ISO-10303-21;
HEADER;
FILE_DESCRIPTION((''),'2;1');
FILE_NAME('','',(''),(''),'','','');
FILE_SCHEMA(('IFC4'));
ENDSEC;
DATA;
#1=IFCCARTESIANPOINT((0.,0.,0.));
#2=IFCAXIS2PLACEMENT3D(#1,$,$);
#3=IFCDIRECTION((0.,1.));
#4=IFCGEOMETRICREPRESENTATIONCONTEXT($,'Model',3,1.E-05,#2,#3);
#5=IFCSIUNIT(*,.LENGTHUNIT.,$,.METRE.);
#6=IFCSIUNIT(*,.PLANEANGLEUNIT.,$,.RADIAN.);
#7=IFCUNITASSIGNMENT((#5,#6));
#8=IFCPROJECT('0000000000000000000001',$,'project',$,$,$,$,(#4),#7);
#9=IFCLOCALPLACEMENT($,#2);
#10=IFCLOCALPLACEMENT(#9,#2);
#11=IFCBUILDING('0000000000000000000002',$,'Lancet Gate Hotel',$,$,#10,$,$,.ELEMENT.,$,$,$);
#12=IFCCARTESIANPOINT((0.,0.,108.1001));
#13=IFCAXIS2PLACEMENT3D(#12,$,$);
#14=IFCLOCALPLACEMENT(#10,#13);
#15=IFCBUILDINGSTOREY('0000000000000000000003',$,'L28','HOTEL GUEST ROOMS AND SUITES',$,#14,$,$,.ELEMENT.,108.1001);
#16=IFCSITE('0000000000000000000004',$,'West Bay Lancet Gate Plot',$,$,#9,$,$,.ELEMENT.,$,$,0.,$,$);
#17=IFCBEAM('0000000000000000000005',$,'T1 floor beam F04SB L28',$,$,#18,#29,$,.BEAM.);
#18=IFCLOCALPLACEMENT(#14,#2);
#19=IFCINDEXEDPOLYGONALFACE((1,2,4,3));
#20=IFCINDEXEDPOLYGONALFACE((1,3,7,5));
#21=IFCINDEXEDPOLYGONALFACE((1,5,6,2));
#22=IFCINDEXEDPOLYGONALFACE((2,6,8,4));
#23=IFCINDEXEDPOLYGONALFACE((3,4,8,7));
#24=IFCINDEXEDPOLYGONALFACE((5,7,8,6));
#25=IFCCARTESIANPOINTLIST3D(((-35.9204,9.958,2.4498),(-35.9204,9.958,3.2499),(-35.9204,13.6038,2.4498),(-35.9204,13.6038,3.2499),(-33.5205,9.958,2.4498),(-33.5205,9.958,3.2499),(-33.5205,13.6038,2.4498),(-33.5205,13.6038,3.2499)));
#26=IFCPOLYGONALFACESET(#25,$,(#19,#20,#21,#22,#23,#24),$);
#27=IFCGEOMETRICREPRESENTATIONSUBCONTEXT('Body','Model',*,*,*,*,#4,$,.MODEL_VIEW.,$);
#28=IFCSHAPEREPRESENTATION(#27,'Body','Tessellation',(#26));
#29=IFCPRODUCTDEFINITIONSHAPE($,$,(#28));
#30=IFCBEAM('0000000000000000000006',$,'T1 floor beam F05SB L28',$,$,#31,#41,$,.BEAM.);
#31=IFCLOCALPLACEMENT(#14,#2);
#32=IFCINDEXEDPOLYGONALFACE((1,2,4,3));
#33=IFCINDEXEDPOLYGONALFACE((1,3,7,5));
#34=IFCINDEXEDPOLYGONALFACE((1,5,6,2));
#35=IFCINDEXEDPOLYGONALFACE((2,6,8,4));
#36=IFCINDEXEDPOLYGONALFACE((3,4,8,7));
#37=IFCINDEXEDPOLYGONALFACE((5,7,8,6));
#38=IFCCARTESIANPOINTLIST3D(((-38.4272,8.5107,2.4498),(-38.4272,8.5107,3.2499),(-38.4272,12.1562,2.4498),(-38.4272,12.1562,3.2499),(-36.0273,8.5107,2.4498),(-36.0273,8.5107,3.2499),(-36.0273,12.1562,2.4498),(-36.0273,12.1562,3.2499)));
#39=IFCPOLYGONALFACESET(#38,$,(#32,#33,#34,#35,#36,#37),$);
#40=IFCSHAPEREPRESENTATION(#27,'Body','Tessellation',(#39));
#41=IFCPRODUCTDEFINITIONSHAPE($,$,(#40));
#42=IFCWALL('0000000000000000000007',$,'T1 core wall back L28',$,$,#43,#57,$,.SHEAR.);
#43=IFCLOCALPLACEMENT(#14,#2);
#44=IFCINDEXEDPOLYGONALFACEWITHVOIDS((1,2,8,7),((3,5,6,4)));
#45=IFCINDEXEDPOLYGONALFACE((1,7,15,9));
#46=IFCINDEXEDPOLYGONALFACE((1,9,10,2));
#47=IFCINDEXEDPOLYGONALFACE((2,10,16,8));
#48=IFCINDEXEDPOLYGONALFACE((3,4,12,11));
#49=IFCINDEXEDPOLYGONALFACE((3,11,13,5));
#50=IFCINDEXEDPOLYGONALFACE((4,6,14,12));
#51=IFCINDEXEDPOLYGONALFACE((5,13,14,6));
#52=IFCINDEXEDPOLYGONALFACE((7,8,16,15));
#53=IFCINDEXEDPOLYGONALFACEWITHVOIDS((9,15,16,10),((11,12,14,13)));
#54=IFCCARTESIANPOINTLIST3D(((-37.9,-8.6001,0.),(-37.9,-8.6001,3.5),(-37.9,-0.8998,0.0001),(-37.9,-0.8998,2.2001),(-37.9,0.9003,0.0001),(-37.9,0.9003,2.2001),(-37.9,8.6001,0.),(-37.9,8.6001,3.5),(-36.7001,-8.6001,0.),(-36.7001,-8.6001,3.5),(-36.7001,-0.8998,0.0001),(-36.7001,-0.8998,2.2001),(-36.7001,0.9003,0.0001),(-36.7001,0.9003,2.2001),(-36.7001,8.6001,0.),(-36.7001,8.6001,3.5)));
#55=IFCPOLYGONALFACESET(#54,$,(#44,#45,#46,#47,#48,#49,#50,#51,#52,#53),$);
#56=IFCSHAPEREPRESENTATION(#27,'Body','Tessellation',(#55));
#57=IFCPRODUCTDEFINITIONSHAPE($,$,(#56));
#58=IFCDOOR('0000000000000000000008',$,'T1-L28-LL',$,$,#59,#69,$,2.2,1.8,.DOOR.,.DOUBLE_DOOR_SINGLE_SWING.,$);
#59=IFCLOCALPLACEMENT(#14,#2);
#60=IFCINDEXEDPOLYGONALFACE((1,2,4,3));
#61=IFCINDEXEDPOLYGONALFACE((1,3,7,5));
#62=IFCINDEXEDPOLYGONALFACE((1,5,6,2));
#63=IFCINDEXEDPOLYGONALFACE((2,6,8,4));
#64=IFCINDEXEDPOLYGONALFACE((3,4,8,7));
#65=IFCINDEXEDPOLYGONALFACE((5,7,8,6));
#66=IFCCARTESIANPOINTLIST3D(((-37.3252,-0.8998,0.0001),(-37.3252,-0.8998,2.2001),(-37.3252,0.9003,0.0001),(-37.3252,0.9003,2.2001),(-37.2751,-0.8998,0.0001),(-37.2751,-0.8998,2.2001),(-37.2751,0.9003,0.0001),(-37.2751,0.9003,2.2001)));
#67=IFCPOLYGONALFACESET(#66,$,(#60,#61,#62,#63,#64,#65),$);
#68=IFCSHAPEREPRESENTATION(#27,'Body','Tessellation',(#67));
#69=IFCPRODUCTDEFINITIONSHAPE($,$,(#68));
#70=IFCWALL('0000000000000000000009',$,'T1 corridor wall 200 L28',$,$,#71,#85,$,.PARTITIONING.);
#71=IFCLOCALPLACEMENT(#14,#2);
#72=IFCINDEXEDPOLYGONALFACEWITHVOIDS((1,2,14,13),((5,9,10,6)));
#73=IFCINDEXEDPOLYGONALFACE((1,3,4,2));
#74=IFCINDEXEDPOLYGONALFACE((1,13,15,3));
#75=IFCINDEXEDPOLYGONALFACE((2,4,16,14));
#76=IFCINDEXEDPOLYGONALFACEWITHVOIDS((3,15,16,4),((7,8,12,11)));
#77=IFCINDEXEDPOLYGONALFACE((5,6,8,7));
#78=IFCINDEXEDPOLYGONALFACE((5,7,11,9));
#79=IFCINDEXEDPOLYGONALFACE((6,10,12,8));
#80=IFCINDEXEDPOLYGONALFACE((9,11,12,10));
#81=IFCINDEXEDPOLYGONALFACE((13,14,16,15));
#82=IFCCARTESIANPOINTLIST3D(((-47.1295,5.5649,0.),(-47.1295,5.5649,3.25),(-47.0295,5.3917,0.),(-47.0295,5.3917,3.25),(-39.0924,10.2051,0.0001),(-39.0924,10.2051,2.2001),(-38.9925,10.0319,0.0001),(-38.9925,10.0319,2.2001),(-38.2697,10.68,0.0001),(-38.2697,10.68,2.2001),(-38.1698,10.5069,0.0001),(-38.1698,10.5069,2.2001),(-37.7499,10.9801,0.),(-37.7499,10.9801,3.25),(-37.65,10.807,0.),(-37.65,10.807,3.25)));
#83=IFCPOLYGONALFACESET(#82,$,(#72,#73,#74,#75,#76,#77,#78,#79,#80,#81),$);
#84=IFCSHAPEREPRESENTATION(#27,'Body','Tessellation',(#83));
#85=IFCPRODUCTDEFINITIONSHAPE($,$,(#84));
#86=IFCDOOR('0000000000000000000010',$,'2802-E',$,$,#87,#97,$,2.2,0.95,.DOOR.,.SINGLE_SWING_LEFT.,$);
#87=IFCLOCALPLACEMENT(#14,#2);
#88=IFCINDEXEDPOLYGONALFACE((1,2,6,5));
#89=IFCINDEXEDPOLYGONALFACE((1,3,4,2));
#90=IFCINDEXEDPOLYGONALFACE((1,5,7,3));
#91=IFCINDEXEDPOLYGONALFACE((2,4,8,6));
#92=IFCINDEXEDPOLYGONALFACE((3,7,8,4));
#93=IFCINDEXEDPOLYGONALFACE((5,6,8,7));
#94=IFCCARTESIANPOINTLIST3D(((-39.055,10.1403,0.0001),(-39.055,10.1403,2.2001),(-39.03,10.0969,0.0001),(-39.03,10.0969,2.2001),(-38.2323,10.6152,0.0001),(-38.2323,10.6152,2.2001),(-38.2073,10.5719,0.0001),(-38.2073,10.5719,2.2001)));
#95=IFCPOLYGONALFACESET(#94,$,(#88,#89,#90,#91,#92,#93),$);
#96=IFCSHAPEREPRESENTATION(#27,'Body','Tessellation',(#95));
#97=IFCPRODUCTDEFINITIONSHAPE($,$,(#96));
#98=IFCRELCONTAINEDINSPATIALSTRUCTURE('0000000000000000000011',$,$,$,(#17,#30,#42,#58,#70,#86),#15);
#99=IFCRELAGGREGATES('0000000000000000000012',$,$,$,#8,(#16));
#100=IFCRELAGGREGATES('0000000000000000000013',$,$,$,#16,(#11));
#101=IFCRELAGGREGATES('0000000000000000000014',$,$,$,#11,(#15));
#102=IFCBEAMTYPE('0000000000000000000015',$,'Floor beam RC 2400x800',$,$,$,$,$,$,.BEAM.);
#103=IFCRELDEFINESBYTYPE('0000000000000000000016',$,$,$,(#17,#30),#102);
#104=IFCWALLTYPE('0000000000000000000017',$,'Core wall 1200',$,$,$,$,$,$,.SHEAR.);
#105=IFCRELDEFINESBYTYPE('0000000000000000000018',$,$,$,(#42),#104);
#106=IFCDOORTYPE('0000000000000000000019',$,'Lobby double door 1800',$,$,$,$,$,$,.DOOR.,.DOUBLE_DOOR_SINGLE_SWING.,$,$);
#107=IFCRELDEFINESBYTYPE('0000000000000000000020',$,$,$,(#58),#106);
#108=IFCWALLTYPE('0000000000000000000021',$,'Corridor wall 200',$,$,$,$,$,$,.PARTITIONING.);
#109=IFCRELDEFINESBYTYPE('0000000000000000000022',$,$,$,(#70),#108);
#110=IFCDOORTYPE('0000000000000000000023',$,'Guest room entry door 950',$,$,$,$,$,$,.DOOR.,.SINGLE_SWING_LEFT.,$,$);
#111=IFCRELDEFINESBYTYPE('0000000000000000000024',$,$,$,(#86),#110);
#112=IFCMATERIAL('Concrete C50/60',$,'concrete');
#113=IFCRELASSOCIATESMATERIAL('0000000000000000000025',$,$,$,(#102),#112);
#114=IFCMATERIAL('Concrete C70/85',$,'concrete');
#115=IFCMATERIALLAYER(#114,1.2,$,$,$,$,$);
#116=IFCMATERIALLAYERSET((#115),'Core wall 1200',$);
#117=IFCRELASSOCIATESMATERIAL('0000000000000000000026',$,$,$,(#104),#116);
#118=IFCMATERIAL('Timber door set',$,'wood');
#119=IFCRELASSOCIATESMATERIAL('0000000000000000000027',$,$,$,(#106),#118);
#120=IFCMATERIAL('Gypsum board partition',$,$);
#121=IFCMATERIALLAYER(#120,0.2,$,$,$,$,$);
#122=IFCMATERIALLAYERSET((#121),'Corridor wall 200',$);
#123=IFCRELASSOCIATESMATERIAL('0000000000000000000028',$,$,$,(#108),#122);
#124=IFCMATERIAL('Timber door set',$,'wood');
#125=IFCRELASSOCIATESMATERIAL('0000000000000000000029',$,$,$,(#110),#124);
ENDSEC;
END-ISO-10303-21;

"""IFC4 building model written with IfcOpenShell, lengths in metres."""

from ifc_helpers import new_model, si_unit, direction, frame, frame_2d, origin, origin_2d, place, context, subcontext, project, spatial, rectangle, extrude, material, layer, layer_set, material_profile, profile_set, type_object, element, fill, save


model = new_model("IFC4")

# Units and contexts
model_context = context("Model", 3, precision=1e-05, world=origin(), true_north=direction((0.0, 1.0)))
body_context = subcontext(model_context, "Body", "Model", "MODEL_VIEW")
ifc_project = project(units=[si_unit("LENGTHUNIT", "METRE"), si_unit("PLANEANGLEUNIT", "RADIAN")], contexts=[model_context])

# Site, building, storey
site_placement = place(None, origin())
site = spatial("IfcSite", under=ifc_project, at=site_placement, Name="West Bay Lancet Gate Plot", CompositionType="ELEMENT", RefElevation=0.0)
building_placement = place(site_placement, origin())
building = spatial("IfcBuilding", under=site, at=building_placement, Name="Lancet Gate Hotel", CompositionType="ELEMENT")
storey_placement = place(building_placement, frame((0.0, 0.0, 108.1001)))
storey = spatial("IfcBuildingStorey", under=building, at=storey_placement, Name="L28", Description="HOTEL GUEST ROOMS AND SUITES", CompositionType="ELEMENT", Elevation=108.1001)

# Beams
ifc_material_1 = material(Name="Concrete C50/60", Category="concrete")
ifc_material_profile = material_profile(ifc_material_1, rectangle(XDim=2.3999, YDim=0.8, at=origin_2d()), Name="RC 2400x800")
ifc_profile_set = profile_set([ifc_material_profile], Name="Concrete C50/60")
beam_type = type_object("IfcBeamType", Name="Floor beam RC 2400x800", PredefinedType="BEAM", material=ifc_profile_set)
beam_1_placement = place(storey_placement, frame((-34.7205, 13.6038, 2.8499), z_axis=(0.0, -1.0, 0.0), x_axis=(1.0, 0.0, 0.0)))
element("IfcBeam", 1, at=beam_1_placement, inside=storey, type_object=beam_type, Name="T1 floor beam F04SB L28", PredefinedType="BEAM", context=body_context, shape_type="SweptSolid", body=[
    extrude(rectangle(XDim=2.3999, YDim=0.8, at=origin_2d()), origin(), (0.0, 0.0, 1.0), 3.6458),
])
beam_2_placement = place(storey_placement, frame((-37.2273, 12.1562, 2.8499), z_axis=(0.0, -1.0, 0.0), x_axis=(1.0, 0.0, 0.0)))
element("IfcBeam", 2, at=beam_2_placement, inside=storey, type_object=beam_type, Name="T1 floor beam F05SB L28", PredefinedType="BEAM", context=body_context, shape_type="SweptSolid", body=[
    extrude(rectangle(XDim=2.3999, YDim=0.8, at=origin_2d()), origin(), (0.0, 0.0, 1.0), 3.6455),
])

# Walls, openings, doors
ifc_material_2 = material(Name="Concrete C70/85", Category="concrete")
ifc_layer_1 = layer(ifc_material_2, 1.2)
ifc_layer_set_1 = layer_set([ifc_layer_1], Name="Core wall 1200")
wall_type_1 = type_object("IfcWallType", Name="Core wall 1200", PredefinedType="SHEAR", material=ifc_layer_set_1)
wall_1_placement = place(storey_placement, frame((-37.3, 8.6001, 0.0), z_axis=(0.0, 0.0, 1.0), x_axis=(0.0, -1.0, 0.0)))
wall_1 = element("IfcWall", 3, at=wall_1_placement, inside=storey, type_object=wall_type_1, Name="T1 core wall back L28", PredefinedType="SHEAR", context=body_context, shape_type="SweptSolid", body=[
    extrude(rectangle(XDim=17.2002, YDim=1.2, at=frame_2d((8.6001, 0.0))), origin(), (0.0, 0.0, 1.0), 3.5),
])
opening_1_placement = place(wall_1_placement, frame((7.7, 0.0, 0.0)))
opening_1 = element("IfcOpeningElement", 4, at=opening_1_placement, cuts=wall_1, PredefinedType="OPENING", context=body_context, shape_type="SweptSolid", body=[
    extrude(rectangle(XDim=1.8, YDim=2.2, at=frame_2d((0.8999, 1.1001))), frame((0.0, 0.6099, 0.0), z_axis=(0.0, -1.0, 0.0), x_axis=(1.0, 0.0, 0.0)), (0.0, 0.0, 1.0), 1.22),
])
ifc_material_3 = material(Name="Timber door set", Category="wood")
door_type_1 = type_object("IfcDoorType", Name="Lobby double door 1800", OperationType="DOUBLE_DOOR_SINGLE_SWING", PredefinedType="DOOR", material=ifc_material_3)
door_1_placement = place(opening_1_placement, origin())
door_1 = element("IfcDoor", 5, at=door_1_placement, inside=storey, type_object=door_type_1, Name="T1-L28-LL", OperationType="DOUBLE_DOOR_SINGLE_SWING", OverallHeight=2.2, OverallWidth=1.8, PredefinedType="DOOR", context=body_context, shape_type="SweptSolid", body=[
    extrude(rectangle(XDim=1.8, YDim=2.2, at=frame_2d((0.8999, 1.1001))), frame((0.0, 0.0249, 0.0), z_axis=(0.0, -1.0, 0.0), x_axis=(1.0, 0.0, 0.0)), (0.0, 0.0, 1.0), 0.05),
])
fill(opening_1, door_1)
ifc_material_4 = material(Name="Gypsum board partition")
ifc_layer_2 = layer(ifc_material_4, 0.2)
ifc_layer_set_2 = layer_set([ifc_layer_2], Name="Corridor wall 200")
wall_type_2 = type_object("IfcWallType", Name="Corridor wall 200", PredefinedType="PARTITIONING", material=ifc_layer_set_2)
wall_2_placement = place(storey_placement, frame((-37.7, 10.8936, 0.0), z_axis=(0.0, 0.0, 1.0), x_axis=(-0.866028, -0.499996, 0.0)))
wall_2 = element("IfcWall", 6, at=wall_2_placement, inside=storey, type_object=wall_type_2, Name="T1 corridor wall 200 L28", PredefinedType="PARTITIONING", context=body_context, shape_type="SweptSolid", body=[
    extrude(rectangle(XDim=10.8306, YDim=0.2, at=frame_2d((5.4153, 0.0))), origin(), (0.0, 0.0, 1.0), 3.25),
])
opening_2_placement = place(wall_2_placement, frame((0.6001, 0.0, 0.0)))
opening_2 = element("IfcOpeningElement", 7, at=opening_2_placement, cuts=wall_2, PredefinedType="OPENING", context=body_context, shape_type="SweptSolid", body=[
    extrude(rectangle(XDim=0.95, YDim=2.2, at=frame_2d((0.4751, 1.1001))), frame((0.0, 0.1099, 0.0), z_axis=(0.0, -1.0, 0.0), x_axis=(1.0, 0.0, 0.0)), (0.0, 0.0, 1.0), 0.22),
])
ifc_material_5 = material(Name="Timber door set", Category="wood")
door_type_2 = type_object("IfcDoorType", Name="Guest room entry door 950", OperationType="SINGLE_SWING_LEFT", PredefinedType="DOOR", material=ifc_material_5)
door_2_placement = place(opening_2_placement, origin())
door_2 = element("IfcDoor", 8, at=door_2_placement, inside=storey, type_object=door_type_2, Name="2802-E", OperationType="SINGLE_SWING_LEFT", OverallHeight=2.2, OverallWidth=0.95, PredefinedType="DOOR", context=body_context, shape_type="SweptSolid", body=[
    extrude(rectangle(XDim=0.95, YDim=2.2, at=frame_2d((0.4751, 1.1001))), frame((0.0, 0.0249, 0.0), z_axis=(0.0, -1.0, 0.0), x_axis=(1.0, 0.0, 0.0)), (0.0, 0.0, 1.0), 0.05),
])
fill(opening_2, door_2)

save(model, "model.ifc")
